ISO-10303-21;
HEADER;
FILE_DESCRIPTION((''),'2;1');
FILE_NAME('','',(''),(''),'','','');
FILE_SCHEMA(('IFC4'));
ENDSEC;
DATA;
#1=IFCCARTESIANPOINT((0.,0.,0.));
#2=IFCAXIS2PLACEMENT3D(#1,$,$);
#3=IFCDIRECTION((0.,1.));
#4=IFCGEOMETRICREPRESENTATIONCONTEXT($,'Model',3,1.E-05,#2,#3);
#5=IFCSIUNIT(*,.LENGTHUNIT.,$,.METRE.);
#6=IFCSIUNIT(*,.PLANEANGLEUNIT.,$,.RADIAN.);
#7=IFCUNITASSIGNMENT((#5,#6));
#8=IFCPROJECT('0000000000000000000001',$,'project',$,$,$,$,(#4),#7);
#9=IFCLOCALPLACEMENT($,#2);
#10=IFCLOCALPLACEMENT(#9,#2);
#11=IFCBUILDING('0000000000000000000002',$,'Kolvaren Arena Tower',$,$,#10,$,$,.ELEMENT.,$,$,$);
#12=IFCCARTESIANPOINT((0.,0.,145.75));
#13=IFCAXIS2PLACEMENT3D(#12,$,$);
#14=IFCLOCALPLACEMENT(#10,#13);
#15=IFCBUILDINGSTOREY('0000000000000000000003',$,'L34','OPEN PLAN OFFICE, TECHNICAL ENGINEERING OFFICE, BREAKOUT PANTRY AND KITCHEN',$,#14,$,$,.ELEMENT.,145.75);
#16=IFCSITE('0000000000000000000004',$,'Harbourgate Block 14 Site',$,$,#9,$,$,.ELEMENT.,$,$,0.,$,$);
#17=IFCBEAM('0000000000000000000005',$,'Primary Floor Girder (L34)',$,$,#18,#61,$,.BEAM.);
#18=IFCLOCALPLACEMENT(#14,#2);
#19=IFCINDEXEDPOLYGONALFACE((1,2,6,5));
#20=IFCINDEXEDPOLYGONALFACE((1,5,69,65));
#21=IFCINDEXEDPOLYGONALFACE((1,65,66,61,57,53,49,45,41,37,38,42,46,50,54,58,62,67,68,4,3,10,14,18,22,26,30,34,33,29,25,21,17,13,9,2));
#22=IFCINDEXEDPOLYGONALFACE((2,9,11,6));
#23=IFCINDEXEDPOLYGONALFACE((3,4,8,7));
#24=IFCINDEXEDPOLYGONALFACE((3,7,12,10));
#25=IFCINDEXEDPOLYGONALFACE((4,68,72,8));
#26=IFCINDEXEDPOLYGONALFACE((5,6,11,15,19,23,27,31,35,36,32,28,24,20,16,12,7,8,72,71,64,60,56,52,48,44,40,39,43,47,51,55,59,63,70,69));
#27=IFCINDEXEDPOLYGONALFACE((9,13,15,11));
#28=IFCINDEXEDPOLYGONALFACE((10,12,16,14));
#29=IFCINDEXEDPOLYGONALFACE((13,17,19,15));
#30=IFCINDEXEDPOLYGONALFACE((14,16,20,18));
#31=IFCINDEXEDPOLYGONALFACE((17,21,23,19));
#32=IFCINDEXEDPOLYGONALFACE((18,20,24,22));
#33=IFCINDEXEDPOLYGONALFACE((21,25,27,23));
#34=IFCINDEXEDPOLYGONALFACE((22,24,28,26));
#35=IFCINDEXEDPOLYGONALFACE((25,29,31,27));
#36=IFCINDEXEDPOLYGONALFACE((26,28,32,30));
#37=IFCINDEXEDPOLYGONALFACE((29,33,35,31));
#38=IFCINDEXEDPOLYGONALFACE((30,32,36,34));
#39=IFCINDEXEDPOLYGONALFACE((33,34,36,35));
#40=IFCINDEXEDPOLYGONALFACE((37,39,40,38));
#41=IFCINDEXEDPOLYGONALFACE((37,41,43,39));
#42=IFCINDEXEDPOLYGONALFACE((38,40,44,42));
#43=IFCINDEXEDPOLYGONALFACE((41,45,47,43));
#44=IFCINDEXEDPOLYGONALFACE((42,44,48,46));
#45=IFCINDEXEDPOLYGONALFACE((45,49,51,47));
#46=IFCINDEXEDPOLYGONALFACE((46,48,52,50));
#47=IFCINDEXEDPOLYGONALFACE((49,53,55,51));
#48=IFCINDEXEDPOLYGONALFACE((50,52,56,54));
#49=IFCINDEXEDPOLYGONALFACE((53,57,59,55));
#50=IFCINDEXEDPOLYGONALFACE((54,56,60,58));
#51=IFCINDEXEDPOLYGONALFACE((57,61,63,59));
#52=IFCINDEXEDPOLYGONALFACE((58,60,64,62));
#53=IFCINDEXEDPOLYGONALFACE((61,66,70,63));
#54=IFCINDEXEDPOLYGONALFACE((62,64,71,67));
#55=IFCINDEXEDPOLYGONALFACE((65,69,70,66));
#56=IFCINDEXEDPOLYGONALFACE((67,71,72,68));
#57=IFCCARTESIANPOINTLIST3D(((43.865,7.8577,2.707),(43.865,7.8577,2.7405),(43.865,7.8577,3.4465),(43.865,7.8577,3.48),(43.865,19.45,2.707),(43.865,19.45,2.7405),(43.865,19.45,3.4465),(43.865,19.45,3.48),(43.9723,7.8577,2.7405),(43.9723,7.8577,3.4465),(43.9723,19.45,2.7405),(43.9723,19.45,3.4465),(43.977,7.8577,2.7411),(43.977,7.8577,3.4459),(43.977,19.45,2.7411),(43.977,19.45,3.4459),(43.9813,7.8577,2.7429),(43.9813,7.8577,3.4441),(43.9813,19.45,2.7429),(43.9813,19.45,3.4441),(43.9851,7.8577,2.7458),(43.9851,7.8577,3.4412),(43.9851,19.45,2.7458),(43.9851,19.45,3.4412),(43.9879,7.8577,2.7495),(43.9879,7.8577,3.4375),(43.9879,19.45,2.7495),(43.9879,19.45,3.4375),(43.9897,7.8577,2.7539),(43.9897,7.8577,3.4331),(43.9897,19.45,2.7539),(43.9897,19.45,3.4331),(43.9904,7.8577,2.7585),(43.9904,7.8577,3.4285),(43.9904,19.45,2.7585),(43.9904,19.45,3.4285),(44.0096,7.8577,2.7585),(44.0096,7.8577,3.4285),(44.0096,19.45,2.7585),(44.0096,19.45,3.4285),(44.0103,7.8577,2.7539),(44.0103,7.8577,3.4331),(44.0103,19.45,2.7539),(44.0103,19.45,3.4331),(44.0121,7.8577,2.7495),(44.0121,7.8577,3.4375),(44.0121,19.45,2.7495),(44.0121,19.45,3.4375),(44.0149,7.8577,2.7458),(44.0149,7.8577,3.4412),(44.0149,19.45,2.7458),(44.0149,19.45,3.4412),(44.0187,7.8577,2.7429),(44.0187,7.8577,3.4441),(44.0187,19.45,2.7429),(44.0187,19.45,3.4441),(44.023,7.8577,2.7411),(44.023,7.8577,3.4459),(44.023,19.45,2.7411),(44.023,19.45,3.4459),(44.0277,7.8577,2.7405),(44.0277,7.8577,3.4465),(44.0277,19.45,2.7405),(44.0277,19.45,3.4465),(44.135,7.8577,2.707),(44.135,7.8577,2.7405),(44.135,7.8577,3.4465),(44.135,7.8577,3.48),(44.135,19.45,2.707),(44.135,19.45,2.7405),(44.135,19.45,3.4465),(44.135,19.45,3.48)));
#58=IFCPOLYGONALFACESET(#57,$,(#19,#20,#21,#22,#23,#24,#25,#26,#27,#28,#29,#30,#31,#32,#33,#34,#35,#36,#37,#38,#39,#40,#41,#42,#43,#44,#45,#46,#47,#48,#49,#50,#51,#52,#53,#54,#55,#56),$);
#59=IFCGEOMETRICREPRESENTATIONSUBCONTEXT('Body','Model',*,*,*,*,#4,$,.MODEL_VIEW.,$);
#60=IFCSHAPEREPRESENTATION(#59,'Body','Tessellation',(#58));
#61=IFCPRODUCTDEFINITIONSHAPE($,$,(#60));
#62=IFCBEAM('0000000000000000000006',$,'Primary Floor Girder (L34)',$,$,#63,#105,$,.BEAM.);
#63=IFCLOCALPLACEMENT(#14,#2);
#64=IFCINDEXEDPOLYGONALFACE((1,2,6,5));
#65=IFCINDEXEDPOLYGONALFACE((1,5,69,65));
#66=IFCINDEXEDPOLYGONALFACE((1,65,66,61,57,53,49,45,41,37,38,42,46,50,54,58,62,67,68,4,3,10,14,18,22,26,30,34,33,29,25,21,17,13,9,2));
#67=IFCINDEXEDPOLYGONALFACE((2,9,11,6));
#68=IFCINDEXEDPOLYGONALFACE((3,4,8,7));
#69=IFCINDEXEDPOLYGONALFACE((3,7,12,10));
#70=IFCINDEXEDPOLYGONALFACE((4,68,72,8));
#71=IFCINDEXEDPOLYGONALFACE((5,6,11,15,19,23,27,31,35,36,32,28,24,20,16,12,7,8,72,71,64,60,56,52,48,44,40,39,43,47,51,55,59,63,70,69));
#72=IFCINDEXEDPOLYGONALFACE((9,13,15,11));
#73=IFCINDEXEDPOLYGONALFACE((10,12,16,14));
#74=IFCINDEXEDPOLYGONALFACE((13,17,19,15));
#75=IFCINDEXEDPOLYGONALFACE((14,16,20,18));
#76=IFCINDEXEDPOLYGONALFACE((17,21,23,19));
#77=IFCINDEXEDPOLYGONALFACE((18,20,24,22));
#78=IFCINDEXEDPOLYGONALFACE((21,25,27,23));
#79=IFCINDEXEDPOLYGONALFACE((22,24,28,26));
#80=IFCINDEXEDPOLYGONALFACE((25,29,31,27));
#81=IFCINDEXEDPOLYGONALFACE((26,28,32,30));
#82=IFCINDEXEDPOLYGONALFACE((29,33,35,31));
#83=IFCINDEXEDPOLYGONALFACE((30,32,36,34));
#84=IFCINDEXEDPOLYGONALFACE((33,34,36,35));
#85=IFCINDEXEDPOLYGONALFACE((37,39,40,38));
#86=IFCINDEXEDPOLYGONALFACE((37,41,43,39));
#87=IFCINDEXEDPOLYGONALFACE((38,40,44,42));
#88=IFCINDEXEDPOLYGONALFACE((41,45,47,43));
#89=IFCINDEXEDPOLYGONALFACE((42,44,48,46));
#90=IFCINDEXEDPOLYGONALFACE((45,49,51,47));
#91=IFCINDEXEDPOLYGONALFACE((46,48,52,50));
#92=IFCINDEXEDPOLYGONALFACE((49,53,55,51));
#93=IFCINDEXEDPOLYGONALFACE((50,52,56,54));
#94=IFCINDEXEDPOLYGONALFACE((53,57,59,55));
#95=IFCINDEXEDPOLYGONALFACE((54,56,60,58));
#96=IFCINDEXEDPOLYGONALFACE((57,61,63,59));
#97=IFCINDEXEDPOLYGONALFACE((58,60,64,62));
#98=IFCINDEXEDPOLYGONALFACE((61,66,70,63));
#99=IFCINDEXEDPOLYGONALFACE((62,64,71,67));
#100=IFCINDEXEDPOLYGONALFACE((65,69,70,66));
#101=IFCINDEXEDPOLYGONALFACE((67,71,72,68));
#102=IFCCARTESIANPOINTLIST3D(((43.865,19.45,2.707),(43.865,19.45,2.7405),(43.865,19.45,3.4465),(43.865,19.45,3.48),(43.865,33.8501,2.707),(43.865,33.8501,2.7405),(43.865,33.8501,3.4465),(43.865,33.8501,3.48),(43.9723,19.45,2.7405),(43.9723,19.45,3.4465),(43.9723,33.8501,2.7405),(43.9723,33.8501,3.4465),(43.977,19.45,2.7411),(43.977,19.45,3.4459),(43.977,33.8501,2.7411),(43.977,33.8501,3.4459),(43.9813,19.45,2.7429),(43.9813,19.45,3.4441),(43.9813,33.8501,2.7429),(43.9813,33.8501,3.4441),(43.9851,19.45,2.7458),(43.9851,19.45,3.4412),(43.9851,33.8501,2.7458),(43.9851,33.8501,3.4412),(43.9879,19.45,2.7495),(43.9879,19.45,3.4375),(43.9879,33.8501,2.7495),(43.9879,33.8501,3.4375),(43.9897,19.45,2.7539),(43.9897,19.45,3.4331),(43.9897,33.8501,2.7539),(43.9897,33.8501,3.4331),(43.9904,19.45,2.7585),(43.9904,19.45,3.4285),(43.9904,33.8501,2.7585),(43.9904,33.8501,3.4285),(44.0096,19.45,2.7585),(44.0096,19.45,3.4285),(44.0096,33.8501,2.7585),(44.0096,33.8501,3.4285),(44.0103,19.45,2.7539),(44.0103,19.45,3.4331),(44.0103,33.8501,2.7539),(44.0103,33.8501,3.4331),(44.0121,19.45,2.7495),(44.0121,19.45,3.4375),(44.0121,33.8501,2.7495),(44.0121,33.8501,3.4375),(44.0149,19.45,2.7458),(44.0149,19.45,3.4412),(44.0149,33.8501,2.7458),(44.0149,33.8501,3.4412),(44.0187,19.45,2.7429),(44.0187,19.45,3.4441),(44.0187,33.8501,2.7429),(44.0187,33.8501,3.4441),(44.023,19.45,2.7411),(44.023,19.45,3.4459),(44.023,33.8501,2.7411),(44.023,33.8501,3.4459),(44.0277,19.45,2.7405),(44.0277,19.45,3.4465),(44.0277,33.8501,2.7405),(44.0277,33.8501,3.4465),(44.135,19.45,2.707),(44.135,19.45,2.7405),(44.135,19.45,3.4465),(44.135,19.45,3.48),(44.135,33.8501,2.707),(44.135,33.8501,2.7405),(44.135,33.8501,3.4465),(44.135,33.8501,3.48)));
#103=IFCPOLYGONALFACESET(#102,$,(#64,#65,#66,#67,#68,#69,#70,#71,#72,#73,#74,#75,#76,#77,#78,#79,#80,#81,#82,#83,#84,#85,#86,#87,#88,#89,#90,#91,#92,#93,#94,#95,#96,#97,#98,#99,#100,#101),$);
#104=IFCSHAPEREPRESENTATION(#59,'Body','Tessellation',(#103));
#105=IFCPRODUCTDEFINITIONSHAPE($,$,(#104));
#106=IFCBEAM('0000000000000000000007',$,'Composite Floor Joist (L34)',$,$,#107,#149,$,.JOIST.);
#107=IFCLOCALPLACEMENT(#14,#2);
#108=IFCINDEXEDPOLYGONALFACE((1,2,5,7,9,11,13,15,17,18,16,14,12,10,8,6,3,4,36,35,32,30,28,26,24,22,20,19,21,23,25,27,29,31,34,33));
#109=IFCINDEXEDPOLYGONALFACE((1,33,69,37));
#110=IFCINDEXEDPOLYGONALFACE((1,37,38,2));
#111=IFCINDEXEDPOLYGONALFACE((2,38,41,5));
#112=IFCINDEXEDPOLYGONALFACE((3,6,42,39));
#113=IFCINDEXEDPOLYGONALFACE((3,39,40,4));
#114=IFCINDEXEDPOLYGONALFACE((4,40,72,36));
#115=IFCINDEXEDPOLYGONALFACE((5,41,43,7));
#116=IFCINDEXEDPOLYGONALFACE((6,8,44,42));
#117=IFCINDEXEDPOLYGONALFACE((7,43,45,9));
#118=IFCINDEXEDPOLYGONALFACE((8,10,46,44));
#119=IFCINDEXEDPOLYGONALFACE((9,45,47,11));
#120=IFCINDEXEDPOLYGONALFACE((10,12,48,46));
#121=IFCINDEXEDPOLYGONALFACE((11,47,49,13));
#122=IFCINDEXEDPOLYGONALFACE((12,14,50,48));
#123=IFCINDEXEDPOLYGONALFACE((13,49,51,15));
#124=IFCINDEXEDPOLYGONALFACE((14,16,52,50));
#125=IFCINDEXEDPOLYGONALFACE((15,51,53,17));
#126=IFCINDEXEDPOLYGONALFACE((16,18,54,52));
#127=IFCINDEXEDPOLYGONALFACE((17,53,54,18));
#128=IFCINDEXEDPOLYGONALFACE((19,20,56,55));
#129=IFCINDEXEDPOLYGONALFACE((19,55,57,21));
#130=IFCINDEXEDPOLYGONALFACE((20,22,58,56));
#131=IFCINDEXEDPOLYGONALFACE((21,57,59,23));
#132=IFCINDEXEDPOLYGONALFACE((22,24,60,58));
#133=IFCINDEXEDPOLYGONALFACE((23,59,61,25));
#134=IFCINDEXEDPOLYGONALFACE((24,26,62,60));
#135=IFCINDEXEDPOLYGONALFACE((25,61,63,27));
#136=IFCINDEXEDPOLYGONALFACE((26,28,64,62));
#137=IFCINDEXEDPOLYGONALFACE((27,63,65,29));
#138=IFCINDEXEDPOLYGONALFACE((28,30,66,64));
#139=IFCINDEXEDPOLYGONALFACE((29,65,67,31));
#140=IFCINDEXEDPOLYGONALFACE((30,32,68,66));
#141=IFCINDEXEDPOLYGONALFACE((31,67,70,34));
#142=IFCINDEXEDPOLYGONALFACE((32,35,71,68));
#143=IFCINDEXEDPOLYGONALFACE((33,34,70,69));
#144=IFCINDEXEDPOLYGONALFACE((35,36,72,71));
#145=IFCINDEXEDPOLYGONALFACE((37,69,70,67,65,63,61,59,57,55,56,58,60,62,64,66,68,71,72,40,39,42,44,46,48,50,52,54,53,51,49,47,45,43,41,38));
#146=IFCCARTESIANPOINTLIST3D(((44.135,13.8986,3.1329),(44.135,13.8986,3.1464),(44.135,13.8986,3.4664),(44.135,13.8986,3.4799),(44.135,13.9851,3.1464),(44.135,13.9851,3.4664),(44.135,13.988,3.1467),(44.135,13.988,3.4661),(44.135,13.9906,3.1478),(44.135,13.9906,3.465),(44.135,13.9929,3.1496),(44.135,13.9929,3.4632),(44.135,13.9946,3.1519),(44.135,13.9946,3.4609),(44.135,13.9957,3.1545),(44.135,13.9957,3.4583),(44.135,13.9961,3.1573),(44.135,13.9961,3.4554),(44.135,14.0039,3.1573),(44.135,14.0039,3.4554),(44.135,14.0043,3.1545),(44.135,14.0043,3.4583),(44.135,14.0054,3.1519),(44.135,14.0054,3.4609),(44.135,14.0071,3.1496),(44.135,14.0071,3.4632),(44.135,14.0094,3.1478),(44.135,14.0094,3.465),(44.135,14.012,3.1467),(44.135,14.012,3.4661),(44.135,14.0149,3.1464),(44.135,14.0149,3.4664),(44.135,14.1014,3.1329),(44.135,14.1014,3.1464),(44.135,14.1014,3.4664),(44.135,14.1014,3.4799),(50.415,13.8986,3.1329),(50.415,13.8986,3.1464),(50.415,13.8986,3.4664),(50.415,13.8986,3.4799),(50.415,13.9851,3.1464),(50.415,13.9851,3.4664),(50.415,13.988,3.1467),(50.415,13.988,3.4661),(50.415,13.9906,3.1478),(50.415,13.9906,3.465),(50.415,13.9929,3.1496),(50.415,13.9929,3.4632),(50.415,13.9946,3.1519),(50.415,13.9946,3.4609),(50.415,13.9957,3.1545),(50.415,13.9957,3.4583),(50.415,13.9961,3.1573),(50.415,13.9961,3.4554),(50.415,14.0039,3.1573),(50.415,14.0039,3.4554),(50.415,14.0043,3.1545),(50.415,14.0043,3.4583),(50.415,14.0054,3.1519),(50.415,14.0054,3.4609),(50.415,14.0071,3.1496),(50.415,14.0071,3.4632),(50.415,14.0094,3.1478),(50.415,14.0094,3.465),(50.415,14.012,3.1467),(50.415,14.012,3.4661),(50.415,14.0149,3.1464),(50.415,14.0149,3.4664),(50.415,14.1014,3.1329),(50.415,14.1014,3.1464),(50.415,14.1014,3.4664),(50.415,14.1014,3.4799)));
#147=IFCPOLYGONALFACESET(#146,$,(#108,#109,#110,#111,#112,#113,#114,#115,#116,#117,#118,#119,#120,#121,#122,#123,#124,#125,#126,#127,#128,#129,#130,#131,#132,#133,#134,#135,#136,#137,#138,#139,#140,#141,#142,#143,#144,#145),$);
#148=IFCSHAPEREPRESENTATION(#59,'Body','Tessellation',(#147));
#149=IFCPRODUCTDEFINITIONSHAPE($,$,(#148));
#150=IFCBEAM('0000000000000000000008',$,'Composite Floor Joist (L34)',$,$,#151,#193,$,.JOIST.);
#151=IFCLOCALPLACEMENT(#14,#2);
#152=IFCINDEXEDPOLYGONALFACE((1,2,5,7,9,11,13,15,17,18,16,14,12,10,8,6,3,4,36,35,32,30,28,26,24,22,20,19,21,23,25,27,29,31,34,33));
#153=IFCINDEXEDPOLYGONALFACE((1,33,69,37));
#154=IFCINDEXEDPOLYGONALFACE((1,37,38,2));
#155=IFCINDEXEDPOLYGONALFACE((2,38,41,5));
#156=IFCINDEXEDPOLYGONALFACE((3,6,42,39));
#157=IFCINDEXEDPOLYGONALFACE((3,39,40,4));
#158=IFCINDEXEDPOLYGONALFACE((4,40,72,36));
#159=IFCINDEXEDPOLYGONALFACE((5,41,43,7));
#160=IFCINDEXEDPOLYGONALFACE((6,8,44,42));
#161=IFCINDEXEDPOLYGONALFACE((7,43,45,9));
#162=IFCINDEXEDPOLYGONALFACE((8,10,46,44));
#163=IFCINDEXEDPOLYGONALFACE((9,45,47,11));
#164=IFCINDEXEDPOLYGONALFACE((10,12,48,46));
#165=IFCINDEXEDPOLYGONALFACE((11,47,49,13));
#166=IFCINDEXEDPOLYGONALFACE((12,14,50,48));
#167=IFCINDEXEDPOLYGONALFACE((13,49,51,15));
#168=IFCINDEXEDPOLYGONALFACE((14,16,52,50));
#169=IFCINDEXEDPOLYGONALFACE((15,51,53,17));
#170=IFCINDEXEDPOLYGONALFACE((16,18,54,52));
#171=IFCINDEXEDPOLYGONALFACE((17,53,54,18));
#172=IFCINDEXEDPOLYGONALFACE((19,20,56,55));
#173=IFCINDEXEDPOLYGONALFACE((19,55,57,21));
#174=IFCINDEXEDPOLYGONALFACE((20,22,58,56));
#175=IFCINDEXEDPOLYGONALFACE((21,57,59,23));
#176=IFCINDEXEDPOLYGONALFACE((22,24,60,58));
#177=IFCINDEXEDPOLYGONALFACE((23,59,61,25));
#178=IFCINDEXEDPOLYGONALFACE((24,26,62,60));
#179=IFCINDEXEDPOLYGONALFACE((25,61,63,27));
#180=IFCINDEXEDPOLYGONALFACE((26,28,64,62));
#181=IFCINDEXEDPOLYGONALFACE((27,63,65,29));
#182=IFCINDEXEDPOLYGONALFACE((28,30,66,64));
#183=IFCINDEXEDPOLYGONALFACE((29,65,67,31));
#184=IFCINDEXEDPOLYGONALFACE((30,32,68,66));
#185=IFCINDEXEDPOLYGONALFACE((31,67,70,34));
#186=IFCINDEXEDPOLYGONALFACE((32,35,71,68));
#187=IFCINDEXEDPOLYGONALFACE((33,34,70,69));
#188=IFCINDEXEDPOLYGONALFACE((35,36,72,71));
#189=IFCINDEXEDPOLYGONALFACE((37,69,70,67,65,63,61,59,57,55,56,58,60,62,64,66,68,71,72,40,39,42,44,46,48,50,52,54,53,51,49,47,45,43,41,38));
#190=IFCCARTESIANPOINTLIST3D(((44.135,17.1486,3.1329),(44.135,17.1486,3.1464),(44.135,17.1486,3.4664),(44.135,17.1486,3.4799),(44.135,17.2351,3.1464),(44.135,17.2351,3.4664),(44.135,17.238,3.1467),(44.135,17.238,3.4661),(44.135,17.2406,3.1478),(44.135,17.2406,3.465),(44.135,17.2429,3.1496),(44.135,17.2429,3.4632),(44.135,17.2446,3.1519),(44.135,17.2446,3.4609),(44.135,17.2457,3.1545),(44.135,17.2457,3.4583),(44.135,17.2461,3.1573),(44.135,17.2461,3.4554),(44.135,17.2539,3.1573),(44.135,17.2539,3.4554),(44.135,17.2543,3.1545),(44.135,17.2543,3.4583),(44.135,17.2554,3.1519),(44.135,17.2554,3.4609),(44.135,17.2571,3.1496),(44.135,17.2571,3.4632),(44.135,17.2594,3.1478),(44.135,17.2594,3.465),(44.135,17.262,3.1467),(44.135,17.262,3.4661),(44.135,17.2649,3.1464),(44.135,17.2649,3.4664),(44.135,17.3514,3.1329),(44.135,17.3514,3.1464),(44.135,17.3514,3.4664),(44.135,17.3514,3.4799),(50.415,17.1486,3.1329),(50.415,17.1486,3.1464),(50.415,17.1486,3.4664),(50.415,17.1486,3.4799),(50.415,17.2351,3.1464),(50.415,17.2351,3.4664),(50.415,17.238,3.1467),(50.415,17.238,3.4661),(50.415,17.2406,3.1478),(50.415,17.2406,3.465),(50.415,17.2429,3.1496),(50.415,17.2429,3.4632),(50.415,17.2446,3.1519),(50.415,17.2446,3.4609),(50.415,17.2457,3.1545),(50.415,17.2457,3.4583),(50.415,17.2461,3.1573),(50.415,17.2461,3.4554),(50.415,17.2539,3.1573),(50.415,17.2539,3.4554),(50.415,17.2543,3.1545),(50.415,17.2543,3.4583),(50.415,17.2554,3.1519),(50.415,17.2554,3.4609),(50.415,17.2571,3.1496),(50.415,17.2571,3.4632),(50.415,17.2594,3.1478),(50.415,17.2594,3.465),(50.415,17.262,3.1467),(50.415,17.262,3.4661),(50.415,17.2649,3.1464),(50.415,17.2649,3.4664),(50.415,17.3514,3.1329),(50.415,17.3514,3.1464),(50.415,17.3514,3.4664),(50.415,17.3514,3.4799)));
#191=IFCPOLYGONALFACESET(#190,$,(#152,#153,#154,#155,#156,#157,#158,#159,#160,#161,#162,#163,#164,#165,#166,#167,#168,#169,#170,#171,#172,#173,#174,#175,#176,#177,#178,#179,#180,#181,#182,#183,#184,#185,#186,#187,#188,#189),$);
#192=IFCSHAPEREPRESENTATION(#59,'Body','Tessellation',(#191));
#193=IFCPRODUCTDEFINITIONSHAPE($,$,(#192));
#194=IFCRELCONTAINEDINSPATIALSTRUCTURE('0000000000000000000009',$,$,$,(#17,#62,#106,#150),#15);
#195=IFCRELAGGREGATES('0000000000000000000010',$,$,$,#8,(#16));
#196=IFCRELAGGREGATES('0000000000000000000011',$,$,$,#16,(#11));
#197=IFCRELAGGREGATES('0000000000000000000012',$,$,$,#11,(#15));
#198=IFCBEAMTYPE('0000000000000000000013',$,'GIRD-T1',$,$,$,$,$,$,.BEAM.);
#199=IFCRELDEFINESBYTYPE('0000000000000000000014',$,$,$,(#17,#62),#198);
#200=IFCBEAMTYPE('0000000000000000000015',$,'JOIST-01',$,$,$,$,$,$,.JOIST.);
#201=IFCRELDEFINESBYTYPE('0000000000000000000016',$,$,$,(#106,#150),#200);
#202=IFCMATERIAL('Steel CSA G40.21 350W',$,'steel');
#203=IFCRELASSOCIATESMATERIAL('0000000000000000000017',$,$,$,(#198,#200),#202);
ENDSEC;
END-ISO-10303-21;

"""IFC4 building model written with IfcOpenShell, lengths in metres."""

from ifc_helpers import new_model, si_unit, direction, frame, origin, origin_2d, place, context, subcontext, project, spatial, i_section, extrude, material, material_profile, profile_set, type_object, element, save


model = new_model("IFC4")

# Units and contexts
model_context = context("Model", 3, precision=1e-05, world=origin(), true_north=direction((0.0, 1.0)))
body_context = subcontext(model_context, "Body", "Model", "MODEL_VIEW")
ifc_project = project(units=[si_unit("LENGTHUNIT", "METRE"), si_unit("PLANEANGLEUNIT", "RADIAN")], contexts=[model_context])

# Site, building, storey
site_placement = place(None, origin())
site = spatial("IfcSite", under=ifc_project, at=site_placement, Name="Harbourgate Block 14 Site", CompositionType="ELEMENT", RefElevation=0.0)
building_placement = place(site_placement, origin())
building = spatial("IfcBuilding", under=site, at=building_placement, Name="Kolvaren Arena Tower", CompositionType="ELEMENT")
storey_placement = place(building_placement, frame((0.0, 0.0, 145.75)))
storey = spatial("IfcBuildingStorey", under=building, at=storey_placement, Name="L34", Description="OPEN PLAN OFFICE, TECHNICAL ENGINEERING OFFICE, BREAKOUT PANTRY AND KITCHEN", CompositionType="ELEMENT", Elevation=145.75)

# Beams
ifc_material_1 = material(Name="Steel CSA G40.21 350W", Category="steel")
ifc_material_profile_1 = material_profile(ifc_material_1, i_section(OverallWidth=0.27, OverallDepth=0.7729, WebThickness=0.0193, FlangeThickness=0.0334, FilletRadius=0.0181, at=origin_2d()), Name="W760x257")
ifc_profile_set_1 = profile_set([ifc_material_profile_1], Name="Steel CSA G40.21 350W")
beam_type_1 = type_object("IfcBeamType", Name="GIRD-T1", PredefinedType="BEAM", material=ifc_profile_set_1)
beam_1_placement = place(storey_placement, frame((44.0, 7.8577, 3.0935), z_axis=(0.0, 1.0, 0.0), x_axis=(-1.0, 0.0, 0.0)))
element("IfcBeam", 1, at=beam_1_placement, inside=storey, type_object=beam_type_1, Name="Primary Floor Girder (L34)", PredefinedType="BEAM", context=body_context, shape_type="SweptSolid", body=[
    extrude(i_section(OverallWidth=0.27, OverallDepth=0.7729, WebThickness=0.0193, FlangeThickness=0.0334, FilletRadius=0.0181, at=origin_2d()), origin(), (0.0, 0.0, 1.0), 11.5923),
])
beam_2_placement = place(storey_placement, frame((44.0, 19.45, 3.0935), z_axis=(0.0, 1.0, 0.0), x_axis=(-1.0, 0.0, 0.0)))
element("IfcBeam", 2, at=beam_2_placement, inside=storey, type_object=beam_type_1, Name="Primary Floor Girder (L34)", PredefinedType="BEAM", context=body_context, shape_type="SweptSolid", body=[
    extrude(i_section(OverallWidth=0.27, OverallDepth=0.7729, WebThickness=0.0193, FlangeThickness=0.0334, FilletRadius=0.0181, at=origin_2d()), origin(), (0.0, 0.0, 1.0), 14.4001),
])
ifc_material_profile_2 = material_profile(ifc_material_1, i_section(OverallWidth=0.2029, OverallDepth=0.3469, WebThickness=0.0078, FlangeThickness=0.0134, FilletRadius=0.011, at=origin_2d()), Name="W360x64")
ifc_profile_set_2 = profile_set([ifc_material_profile_2], Name="Steel CSA G40.21 350W")
beam_type_2 = type_object("IfcBeamType", Name="JOIST-01", PredefinedType="JOIST", material=ifc_profile_set_2)
for number, where, z_axis, x_axis, name in (
    (3, (44.135, 14.0, 3.3064), (1.0, 0.0, 0.0), (0.0, 1.0, 0.0), "Composite Floor Joist (L34)"),
    (4, (44.135, 17.25, 3.3064), (1.0, 0.0, 0.0), (0.0, 1.0, 0.0), "Composite Floor Joist (L34)"),
):
    element("IfcBeam", number, at=place(storey_placement, frame(where, z_axis=z_axis, x_axis=x_axis)), inside=storey, type_object=beam_type_2, Name=name, PredefinedType="JOIST", context=body_context, shape_type="SweptSolid", body=[
        extrude(i_section(OverallWidth=0.2029, OverallDepth=0.3469, WebThickness=0.0078, FlangeThickness=0.0134, FilletRadius=0.011, at=origin_2d()), origin(), (0.0, 0.0, 1.0), 6.28),
    ])

save(model, "model.ifc")
